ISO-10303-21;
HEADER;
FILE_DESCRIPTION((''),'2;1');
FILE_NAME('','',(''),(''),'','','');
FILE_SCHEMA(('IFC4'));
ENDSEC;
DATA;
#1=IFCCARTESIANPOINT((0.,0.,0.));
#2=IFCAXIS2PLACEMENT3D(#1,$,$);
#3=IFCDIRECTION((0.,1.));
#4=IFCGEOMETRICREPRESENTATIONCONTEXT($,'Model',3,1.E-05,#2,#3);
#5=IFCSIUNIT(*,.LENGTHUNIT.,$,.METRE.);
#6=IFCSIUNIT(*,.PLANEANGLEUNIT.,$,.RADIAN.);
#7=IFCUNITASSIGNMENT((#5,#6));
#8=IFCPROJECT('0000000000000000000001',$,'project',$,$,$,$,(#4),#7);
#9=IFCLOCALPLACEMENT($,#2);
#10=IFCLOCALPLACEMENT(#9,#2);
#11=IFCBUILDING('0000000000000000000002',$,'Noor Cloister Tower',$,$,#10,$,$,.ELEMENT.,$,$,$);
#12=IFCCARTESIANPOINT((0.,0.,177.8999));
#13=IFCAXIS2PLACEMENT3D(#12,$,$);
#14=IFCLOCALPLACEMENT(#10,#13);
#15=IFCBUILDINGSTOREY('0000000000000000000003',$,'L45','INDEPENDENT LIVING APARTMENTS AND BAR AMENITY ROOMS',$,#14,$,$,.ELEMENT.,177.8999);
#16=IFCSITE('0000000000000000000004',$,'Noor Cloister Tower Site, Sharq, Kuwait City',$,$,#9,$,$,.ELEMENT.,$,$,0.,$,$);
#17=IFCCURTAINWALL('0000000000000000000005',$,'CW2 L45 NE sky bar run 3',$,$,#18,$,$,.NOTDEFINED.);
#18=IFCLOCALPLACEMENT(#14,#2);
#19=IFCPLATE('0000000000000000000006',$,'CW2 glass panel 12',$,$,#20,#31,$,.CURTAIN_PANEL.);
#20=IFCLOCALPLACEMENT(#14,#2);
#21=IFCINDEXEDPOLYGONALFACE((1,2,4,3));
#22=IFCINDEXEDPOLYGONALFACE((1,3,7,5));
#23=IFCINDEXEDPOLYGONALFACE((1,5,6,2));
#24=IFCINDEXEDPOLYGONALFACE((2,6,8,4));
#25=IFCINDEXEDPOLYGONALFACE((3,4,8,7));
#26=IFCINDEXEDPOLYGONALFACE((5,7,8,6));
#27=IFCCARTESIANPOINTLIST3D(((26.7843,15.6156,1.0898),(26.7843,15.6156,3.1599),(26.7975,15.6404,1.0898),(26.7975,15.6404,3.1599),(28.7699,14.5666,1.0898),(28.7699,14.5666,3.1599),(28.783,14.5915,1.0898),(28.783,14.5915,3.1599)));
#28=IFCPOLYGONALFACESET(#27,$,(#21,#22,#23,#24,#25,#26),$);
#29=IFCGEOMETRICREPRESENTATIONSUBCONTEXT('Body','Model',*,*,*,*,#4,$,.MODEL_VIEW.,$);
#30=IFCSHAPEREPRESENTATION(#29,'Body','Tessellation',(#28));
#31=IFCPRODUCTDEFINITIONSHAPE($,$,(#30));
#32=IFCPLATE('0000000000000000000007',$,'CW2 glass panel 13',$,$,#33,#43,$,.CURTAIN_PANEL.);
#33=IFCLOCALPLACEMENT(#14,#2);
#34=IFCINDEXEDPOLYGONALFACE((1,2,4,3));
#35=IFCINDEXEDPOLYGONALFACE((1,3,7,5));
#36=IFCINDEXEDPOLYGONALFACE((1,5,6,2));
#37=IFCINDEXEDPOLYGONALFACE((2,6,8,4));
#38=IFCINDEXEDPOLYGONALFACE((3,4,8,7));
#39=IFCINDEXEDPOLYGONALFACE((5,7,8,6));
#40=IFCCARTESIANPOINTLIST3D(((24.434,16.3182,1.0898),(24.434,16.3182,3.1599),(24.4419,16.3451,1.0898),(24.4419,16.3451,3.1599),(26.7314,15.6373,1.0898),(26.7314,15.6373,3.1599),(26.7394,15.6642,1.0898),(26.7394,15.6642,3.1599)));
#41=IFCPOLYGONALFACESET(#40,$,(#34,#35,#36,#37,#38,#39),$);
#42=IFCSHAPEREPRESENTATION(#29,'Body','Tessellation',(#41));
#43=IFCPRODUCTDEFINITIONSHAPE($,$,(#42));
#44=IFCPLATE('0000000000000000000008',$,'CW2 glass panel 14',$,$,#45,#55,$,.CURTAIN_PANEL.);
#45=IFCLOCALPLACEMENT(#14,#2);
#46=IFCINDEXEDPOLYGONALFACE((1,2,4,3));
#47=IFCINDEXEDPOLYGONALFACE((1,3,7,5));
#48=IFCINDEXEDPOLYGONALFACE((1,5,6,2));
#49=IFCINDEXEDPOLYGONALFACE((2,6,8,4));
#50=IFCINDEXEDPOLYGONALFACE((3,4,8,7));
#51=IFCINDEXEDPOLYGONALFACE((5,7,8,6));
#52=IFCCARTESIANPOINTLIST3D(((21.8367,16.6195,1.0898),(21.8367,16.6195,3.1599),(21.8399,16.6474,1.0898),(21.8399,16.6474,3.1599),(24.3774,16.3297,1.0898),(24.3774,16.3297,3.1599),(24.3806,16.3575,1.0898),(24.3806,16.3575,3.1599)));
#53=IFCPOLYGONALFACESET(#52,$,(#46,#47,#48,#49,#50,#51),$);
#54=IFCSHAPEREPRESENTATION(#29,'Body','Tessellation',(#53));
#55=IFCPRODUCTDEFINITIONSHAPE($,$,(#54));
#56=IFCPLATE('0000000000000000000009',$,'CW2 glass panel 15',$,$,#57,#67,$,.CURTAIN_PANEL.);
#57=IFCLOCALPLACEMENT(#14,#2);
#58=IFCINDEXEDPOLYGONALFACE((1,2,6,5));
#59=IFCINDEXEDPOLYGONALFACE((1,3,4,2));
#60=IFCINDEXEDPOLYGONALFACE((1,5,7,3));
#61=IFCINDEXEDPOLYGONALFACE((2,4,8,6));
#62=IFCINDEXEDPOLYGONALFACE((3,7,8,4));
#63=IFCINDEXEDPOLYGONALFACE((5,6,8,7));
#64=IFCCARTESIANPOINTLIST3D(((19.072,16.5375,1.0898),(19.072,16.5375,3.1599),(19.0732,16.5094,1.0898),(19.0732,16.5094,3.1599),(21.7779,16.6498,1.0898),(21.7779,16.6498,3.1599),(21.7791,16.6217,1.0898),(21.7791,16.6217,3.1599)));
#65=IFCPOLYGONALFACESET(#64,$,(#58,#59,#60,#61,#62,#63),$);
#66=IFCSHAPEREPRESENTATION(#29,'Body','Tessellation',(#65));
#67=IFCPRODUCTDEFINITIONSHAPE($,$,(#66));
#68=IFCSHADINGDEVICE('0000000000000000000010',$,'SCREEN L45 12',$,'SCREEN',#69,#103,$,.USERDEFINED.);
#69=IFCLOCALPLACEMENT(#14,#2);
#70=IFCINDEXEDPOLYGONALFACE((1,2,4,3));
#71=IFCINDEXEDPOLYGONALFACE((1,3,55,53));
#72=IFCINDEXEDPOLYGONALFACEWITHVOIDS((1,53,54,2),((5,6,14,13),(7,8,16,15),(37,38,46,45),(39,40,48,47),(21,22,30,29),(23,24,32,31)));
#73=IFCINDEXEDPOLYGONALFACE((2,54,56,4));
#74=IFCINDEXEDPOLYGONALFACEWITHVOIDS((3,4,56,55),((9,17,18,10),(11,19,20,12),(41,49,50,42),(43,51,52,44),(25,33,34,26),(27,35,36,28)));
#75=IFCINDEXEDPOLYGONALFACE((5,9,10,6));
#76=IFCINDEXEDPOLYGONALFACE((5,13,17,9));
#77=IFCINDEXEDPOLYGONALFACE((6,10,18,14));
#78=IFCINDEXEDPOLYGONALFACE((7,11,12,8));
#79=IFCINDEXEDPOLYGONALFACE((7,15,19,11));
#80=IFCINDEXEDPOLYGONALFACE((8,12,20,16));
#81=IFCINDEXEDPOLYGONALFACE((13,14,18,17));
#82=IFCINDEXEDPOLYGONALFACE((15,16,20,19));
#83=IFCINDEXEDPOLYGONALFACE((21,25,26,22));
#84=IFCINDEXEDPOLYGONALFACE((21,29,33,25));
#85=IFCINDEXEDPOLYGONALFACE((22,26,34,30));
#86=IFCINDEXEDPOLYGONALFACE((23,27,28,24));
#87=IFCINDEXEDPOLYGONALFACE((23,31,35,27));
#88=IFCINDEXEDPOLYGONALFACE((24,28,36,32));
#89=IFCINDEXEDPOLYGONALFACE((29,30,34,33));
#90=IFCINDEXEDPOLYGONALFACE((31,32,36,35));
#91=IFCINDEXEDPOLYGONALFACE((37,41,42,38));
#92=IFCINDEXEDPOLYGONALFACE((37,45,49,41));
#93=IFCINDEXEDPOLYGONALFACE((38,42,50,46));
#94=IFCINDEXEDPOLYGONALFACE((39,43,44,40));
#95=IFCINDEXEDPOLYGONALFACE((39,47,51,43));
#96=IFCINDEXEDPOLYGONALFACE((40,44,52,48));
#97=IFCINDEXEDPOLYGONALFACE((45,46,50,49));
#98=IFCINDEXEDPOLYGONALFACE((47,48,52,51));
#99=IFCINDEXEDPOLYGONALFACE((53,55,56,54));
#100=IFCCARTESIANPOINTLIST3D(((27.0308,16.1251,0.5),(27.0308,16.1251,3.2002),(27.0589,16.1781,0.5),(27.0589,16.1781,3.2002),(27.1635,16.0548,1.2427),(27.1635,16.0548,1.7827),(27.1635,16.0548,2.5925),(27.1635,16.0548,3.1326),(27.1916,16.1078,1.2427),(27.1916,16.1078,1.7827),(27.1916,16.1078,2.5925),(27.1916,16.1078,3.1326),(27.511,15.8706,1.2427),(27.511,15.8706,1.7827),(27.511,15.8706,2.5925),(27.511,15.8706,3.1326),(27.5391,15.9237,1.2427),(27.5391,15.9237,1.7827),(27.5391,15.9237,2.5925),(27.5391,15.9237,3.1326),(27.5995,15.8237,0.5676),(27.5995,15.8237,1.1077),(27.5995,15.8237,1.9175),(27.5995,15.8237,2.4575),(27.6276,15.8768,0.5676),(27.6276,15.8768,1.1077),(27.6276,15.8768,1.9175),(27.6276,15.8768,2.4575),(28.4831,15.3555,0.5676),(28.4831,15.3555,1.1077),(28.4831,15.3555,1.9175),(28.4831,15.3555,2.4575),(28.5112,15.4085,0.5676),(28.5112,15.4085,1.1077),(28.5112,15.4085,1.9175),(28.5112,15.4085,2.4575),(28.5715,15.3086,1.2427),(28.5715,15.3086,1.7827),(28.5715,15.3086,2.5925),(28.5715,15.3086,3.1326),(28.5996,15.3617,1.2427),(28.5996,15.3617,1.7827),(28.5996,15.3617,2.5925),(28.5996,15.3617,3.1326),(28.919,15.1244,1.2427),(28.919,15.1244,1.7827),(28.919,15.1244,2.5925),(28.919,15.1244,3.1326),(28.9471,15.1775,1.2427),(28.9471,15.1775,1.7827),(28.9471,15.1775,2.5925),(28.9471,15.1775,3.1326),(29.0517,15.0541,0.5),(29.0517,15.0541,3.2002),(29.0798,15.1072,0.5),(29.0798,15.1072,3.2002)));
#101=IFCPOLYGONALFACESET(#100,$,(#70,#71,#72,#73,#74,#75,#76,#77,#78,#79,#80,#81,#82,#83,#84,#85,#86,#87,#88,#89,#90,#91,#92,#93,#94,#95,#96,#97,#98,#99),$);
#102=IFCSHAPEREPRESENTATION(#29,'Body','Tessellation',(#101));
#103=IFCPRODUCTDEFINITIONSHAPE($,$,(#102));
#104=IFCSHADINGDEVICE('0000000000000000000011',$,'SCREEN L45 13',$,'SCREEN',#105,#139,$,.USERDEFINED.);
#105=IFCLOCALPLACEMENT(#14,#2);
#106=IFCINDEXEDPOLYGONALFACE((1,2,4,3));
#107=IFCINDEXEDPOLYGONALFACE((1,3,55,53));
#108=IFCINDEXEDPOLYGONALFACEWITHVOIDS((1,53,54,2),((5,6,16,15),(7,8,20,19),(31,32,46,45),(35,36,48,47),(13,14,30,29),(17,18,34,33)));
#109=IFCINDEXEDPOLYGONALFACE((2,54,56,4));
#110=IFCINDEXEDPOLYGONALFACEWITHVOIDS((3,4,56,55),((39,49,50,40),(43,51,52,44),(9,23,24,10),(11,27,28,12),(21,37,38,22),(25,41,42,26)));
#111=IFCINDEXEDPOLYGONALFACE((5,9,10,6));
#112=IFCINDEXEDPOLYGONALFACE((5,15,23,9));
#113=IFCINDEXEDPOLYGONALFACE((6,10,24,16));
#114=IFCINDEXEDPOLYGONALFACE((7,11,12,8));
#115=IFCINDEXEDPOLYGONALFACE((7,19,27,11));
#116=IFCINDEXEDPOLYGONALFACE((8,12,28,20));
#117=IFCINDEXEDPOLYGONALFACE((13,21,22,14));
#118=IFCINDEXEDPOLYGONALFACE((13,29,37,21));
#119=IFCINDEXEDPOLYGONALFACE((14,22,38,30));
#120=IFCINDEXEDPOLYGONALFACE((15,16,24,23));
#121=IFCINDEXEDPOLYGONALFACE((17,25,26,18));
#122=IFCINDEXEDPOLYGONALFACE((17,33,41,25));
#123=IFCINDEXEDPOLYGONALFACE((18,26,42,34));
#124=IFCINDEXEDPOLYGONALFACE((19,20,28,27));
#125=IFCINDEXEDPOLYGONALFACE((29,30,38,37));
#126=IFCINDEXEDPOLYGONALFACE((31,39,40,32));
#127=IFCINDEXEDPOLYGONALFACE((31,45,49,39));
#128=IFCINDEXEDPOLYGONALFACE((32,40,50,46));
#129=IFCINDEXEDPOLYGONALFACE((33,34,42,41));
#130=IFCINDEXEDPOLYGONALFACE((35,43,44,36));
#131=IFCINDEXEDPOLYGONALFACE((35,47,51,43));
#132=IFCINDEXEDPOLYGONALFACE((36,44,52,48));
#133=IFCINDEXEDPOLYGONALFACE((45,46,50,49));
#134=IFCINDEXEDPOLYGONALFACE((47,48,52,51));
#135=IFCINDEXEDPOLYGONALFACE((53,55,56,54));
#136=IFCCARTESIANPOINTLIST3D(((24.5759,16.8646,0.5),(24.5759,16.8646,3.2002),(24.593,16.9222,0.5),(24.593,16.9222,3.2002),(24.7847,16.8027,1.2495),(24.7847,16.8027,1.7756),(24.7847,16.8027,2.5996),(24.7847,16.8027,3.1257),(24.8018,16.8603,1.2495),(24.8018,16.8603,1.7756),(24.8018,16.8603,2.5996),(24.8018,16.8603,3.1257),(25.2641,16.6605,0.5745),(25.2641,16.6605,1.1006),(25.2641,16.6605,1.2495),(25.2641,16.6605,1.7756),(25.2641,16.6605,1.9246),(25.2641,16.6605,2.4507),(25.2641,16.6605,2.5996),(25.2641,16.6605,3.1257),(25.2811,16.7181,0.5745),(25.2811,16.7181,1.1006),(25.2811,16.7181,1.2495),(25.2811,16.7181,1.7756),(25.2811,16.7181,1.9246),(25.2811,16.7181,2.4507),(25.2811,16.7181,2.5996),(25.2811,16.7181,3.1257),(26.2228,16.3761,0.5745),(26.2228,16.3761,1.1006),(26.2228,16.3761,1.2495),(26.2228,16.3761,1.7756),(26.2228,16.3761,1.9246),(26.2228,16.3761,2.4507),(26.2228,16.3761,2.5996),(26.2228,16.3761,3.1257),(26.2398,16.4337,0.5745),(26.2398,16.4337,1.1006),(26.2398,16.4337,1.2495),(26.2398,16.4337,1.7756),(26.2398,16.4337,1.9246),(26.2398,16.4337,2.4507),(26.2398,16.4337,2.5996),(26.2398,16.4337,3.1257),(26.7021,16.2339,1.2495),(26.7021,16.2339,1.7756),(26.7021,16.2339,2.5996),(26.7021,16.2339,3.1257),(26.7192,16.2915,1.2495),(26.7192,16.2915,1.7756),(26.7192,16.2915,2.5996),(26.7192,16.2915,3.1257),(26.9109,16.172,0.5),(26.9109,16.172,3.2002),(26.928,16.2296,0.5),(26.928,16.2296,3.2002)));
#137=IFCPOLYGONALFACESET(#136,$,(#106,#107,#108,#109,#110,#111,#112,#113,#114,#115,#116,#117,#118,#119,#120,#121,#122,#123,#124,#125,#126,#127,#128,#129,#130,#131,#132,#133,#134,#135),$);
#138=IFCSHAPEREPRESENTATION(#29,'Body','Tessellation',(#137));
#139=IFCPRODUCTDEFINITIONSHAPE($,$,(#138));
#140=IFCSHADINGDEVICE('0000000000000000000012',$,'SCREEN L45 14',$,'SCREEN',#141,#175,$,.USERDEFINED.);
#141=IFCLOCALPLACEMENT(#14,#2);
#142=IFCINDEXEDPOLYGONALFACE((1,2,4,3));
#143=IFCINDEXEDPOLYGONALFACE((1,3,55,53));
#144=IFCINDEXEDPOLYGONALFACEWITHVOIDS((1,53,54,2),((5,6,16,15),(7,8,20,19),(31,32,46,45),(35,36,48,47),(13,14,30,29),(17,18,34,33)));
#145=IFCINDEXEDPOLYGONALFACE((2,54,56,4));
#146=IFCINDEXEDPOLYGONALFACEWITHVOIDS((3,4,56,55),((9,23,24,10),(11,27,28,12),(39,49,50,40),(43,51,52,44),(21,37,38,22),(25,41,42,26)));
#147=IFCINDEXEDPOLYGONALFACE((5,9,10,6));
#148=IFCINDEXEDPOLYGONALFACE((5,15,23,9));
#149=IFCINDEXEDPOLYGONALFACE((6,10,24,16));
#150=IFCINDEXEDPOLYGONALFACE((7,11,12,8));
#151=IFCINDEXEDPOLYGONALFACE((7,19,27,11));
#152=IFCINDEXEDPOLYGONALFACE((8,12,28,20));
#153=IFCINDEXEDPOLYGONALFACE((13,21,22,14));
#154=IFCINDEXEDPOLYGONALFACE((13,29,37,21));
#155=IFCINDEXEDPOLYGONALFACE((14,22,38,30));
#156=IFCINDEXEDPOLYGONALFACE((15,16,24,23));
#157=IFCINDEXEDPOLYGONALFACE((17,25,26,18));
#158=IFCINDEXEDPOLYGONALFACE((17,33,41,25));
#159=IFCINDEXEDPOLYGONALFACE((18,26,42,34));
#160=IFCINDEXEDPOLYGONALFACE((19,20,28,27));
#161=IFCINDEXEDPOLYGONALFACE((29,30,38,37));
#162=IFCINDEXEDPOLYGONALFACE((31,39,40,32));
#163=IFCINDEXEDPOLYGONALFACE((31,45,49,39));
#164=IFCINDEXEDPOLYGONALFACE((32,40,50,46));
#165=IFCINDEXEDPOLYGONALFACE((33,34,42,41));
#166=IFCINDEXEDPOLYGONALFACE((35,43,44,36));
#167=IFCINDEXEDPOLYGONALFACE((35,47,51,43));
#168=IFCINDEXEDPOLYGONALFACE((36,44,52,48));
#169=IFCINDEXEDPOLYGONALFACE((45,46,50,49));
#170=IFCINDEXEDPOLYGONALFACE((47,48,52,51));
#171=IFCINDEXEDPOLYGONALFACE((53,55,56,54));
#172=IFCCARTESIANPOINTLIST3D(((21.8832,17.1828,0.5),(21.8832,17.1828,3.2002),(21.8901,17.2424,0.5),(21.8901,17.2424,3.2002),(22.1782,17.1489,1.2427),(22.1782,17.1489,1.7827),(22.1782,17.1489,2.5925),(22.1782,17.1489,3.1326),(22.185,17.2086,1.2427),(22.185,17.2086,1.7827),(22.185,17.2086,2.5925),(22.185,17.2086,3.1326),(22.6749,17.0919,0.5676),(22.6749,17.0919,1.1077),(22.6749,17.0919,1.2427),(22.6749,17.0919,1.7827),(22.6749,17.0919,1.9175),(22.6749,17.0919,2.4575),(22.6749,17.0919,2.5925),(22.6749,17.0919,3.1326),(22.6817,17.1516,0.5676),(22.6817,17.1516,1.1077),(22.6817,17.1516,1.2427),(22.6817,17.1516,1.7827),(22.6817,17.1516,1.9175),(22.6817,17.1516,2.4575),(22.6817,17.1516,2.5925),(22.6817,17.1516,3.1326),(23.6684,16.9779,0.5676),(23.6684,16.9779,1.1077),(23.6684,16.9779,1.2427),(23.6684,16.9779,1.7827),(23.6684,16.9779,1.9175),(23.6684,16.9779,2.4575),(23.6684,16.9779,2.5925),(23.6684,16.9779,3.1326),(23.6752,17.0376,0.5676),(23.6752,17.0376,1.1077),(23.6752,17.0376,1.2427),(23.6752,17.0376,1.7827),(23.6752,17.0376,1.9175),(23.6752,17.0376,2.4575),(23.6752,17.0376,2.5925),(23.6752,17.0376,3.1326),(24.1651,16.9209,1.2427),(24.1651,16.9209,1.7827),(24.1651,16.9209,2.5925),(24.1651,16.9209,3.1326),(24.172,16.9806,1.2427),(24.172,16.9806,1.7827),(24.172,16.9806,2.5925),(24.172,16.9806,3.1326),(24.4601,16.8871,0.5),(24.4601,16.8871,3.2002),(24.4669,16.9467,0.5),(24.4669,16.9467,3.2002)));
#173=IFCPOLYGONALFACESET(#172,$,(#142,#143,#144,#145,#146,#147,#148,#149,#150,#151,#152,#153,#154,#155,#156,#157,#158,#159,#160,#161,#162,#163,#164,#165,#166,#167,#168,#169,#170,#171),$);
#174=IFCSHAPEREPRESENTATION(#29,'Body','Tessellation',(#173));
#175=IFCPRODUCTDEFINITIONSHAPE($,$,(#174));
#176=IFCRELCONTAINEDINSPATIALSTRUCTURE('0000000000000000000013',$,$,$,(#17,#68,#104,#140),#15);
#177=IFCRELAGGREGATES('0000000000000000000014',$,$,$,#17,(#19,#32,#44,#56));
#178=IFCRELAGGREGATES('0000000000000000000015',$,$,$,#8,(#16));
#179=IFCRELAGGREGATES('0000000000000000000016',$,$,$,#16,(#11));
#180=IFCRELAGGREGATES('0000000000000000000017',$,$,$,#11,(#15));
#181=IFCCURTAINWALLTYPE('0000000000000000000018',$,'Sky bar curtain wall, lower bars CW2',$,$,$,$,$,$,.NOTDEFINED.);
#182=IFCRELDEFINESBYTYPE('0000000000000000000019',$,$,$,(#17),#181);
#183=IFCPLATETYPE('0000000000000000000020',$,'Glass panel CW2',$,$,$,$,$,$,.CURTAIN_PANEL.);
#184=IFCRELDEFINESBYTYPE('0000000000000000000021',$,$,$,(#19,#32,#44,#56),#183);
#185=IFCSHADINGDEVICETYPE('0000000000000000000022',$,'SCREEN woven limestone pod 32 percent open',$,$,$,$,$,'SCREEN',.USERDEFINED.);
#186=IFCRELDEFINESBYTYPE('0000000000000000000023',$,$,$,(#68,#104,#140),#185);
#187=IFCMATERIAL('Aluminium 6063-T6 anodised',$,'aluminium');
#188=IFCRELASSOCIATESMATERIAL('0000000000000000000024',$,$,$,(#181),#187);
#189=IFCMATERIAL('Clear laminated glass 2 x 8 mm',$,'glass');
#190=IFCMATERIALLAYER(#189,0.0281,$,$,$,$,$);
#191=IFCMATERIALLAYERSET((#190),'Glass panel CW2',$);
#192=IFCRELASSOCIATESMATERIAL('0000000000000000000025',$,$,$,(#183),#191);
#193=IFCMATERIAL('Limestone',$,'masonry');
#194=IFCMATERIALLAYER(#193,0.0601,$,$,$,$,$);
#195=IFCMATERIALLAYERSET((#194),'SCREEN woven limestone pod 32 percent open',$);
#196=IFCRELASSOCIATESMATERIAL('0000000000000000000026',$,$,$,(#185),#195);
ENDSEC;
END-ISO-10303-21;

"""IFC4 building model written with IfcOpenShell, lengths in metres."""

from ifc_helpers import new_model, si_unit, direction, frame, origin, origin_2d, place, context, subcontext, project, spatial, polyline, rectangle, outline, extrude, material, layer, layer_set, type_object, element, aggregate, save


model = new_model("IFC4")

# Units and contexts
model_context = context("Model", 3, precision=1e-05, world=origin(), true_north=direction((0.0, 1.0)))
body_context = subcontext(model_context, "Body", "Model", "MODEL_VIEW")
ifc_project = project(units=[si_unit("LENGTHUNIT", "METRE"), si_unit("PLANEANGLEUNIT", "RADIAN")], contexts=[model_context])

# Site, building, storey
site_placement = place(None, origin())
site = spatial("IfcSite", under=ifc_project, at=site_placement, Name="Noor Cloister Tower Site, Sharq, Kuwait City", CompositionType="ELEMENT", RefElevation=0.0)
building_placement = place(site_placement, origin())
building = spatial("IfcBuilding", under=site, at=building_placement, Name="Noor Cloister Tower", CompositionType="ELEMENT")
storey_placement = place(building_placement, frame((0.0, 0.0, 177.8999)))
storey = spatial("IfcBuildingStorey", under=building, at=storey_placement, Name="L45", Description="INDEPENDENT LIVING APARTMENTS AND BAR AMENITY ROOMS", CompositionType="ELEMENT", Elevation=177.8999)

# Curtain wall
ifc_material_1 = material(Name="Aluminium 6063-T6 anodised", Category="aluminium")
curtain_wall_type = type_object("IfcCurtainWallType", Name="Sky bar curtain wall, lower bars CW2", PredefinedType="NOTDEFINED", material=ifc_material_1)
curtain_wall_placement = place(storey_placement, origin())
curtain_wall = element("IfcCurtainWall", 1, at=curtain_wall_placement, inside=storey, type_object=curtain_wall_type, Name="CW2 L45 NE sky bar run 3", PredefinedType="NOTDEFINED")

# Plates
ifc_material_2 = material(Name="Clear laminated glass 2 x 8 mm", Category="glass")
ifc_layer_1 = layer(ifc_material_2, 0.0281)
ifc_layer_set_1 = layer_set([ifc_layer_1], Name="Glass panel CW2")
plate_type = type_object("IfcPlateType", Name="Glass panel CW2", PredefinedType="CURTAIN_PANEL", material=ifc_layer_set_1)
plate_1_placement = place(storey_placement, frame((27.7837, 15.1035, 1.0898), z_axis=(0.0, 0.0, 1.0), x_axis=(-0.884205, 0.467099, 0.0)))
plate_1 = element("IfcPlate", 2, at=plate_1_placement, type_object=plate_type, Name="CW2 glass panel 12", PredefinedType="CURTAIN_PANEL", context=body_context, shape_type="SweptSolid", body=[
    extrude(rectangle(XDim=2.2456, YDim=0.0281, at=origin_2d()), origin(), (0.0, 0.0, 1.0), 2.0701),
])
plate_2_placement = place(storey_placement, frame((25.5867, 15.9912, 1.0898), z_axis=(0.0, 0.0, 1.0), x_axis=(-0.958772, 0.284177, 0.0)))
plate_2 = element("IfcPlate", 3, at=plate_2_placement, type_object=plate_type, Name="CW2 glass panel 13", PredefinedType="CURTAIN_PANEL", context=body_context, shape_type="SweptSolid", body=[
    extrude(rectangle(XDim=2.3962, YDim=0.0281, at=origin_2d()), origin(), (0.0, 0.0, 1.0), 2.0701),
])
plate_3_placement = place(storey_placement, frame((23.1086, 16.4885, 1.0898), z_axis=(0.0, 0.0, 1.0), x_axis=(-0.993555, 0.113349, 0.0)))
plate_3 = element("IfcPlate", 4, at=plate_3_placement, type_object=plate_type, Name="CW2 glass panel 14", PredefinedType="CURTAIN_PANEL", context=body_context, shape_type="SweptSolid", body=[
    extrude(rectangle(XDim=2.5571, YDim=0.0281, at=origin_2d()), origin(), (0.0, 0.0, 1.0), 2.0701),
])
plate_4_placement = place(storey_placement, frame((20.4255, 16.5796, 1.0898), z_axis=(0.0, 0.0, 1.0), x_axis=(-0.99914, -0.041466, 0.0)))
plate_4 = element("IfcPlate", 5, at=plate_4_placement, type_object=plate_type, Name="CW2 glass panel 15", PredefinedType="CURTAIN_PANEL", context=body_context, shape_type="SweptSolid", body=[
    extrude(rectangle(XDim=2.7083, YDim=0.0281, at=origin_2d()), origin(), (0.0, 0.0, 1.0), 2.0701),
])
aggregate(curtain_wall, [plate_1, plate_2, plate_3, plate_4])

# Shading devices
ifc_material_3 = material(Name="Limestone", Category="masonry")
ifc_layer_2 = layer(ifc_material_3, 0.0601)
ifc_layer_set_2 = layer_set([ifc_layer_2], Name="SCREEN woven limestone pod 32 percent open")
shading_device_type = type_object("IfcShadingDeviceType", Name="SCREEN woven limestone pod 32 percent open", ElementType="SCREEN", PredefinedType="USERDEFINED", material=ifc_layer_set_2)
shading_device_1_placement = place(storey_placement, frame((28.0413, 15.5896, 1.8501), z_axis=(0.468262, 0.88359, 0.0), x_axis=(-0.88359, 0.468262, 0.0)))
element("IfcShadingDevice", 6, at=shading_device_1_placement, inside=storey, type_object=shading_device_type, Name="SCREEN L45 12", ObjectType="SCREEN", PredefinedType="USERDEFINED", context=body_context, shape_type="SweptSolid", body=[
    extrude(outline(polyline([(-1.1436, -1.3501), (1.1436, -1.3501), (1.1436, 1.3501), (-1.1436, 1.3501), (-1.1436, -1.3501)]), holes=[polyline([(-0.5, -1.2825), (0.5, -1.2825), (0.5, -0.7424), (-0.5, -0.7424), (-0.5, -1.2825)]), polyline([(0.6001, -0.6074), (0.9934, -0.6074), (0.9934, -0.0674), (0.6001, -0.0674), (0.6001, -0.6074)]), polyline([(-0.9934, -0.6074), (-0.6001, -0.6074), (-0.6001, -0.0674), (-0.9934, -0.0674), (-0.9934, -0.6074)]), polyline([(-0.5, 0.0674), (0.5, 0.0674), (0.5, 0.6074), (-0.5, 0.6074), (-0.5, 0.0674)]), polyline([(0.6001, 0.7424), (0.9934, 0.7424), (0.9934, 1.2825), (0.6001, 1.2825), (0.6001, 0.7424)]), polyline([(-0.9934, 0.7424), (-0.6001, 0.7424), (-0.6001, 1.2825), (-0.9934, 1.2825), (-0.9934, 0.7424)])]), origin(), (0.0, 0.0, 1.0), 0.0601),
])
shading_device_2_placement = place(storey_placement, frame((25.7434, 16.5183, 1.8501), z_axis=(0.284365, 0.958716, 0.0), x_axis=(-0.958716, 0.284365, 0.0)))
element("IfcShadingDevice", 7, at=shading_device_2_placement, inside=storey, type_object=shading_device_type, Name="SCREEN L45 13", ObjectType="SCREEN", PredefinedType="USERDEFINED", context=body_context, shape_type="SweptSolid", body=[
    extrude(outline(polyline([(-1.2178, -1.3501), (1.2178, -1.3501), (1.2178, 1.3501), (-1.2178, 1.3501), (-1.2178, -1.3501)]), holes=[polyline([(-0.5, -1.2756), (0.5, -1.2756), (0.5, -0.7495), (-0.5, -0.7495), (-0.5, -1.2756)]), polyline([(-1.0, -0.6006), (-0.5, -0.6006), (-0.5, -0.0745), (-1.0, -0.0745), (-1.0, -0.6006)]), polyline([(0.5, -0.6006), (1.0, -0.6006), (1.0, -0.0745), (0.5, -0.0745), (0.5, -0.6006)]), polyline([(-0.5, 0.0745), (0.5, 0.0745), (0.5, 0.6006), (-0.5, 0.6006), (-0.5, 0.0745)]), polyline([(-1.0, 0.7495), (-0.5, 0.7495), (-0.5, 1.2756), (-1.0, 1.2756), (-1.0, 0.7495)]), polyline([(0.5, 0.7495), (1.0, 0.7495), (1.0, 1.2756), (0.5, 1.2756), (0.5, 0.7495)])]), origin(), (0.0, 0.0, 1.0), 0.0601),
])
shading_device_3_placement = place(storey_placement, frame((23.1716, 17.0349, 1.8501), z_axis=(0.114006, 0.99348, 0.0), x_axis=(-0.99348, 0.114006, 0.0)))
element("IfcShadingDevice", 8, at=shading_device_3_placement, inside=storey, type_object=shading_device_type, Name="SCREEN L45 14", ObjectType="SCREEN", PredefinedType="USERDEFINED", context=body_context, shape_type="SweptSolid", body=[
    extrude(outline(polyline([(-1.2969, -1.3501), (1.2969, -1.3501), (1.2969, 1.3501), (-1.2969, 1.3501), (-1.2969, -1.3501)]), holes=[polyline([(-0.5, -1.2825), (0.5, -1.2825), (0.5, -0.7424), (-0.5, -0.7424), (-0.5, -1.2825)]), polyline([(-1.0, -0.6074), (-0.5, -0.6074), (-0.5, -0.0674), (-1.0, -0.0674), (-1.0, -0.6074)]), polyline([(0.5, -0.6074), (1.0, -0.6074), (1.0, -0.0674), (0.5, -0.0674), (0.5, -0.6074)]), polyline([(-0.5, 0.0674), (0.5, 0.0674), (0.5, 0.6074), (-0.5, 0.6074), (-0.5, 0.0674)]), polyline([(-1.0, 0.7424), (-0.5, 0.7424), (-0.5, 1.2825), (-1.0, 1.2825), (-1.0, 0.7424)]), polyline([(0.5, 0.7424), (1.0, 0.7424), (1.0, 1.2825), (0.5, 1.2825), (0.5, 0.7424)])]), origin(), (0.0, 0.0, 1.0), 0.0601),
])

save(model, "model.ifc")
